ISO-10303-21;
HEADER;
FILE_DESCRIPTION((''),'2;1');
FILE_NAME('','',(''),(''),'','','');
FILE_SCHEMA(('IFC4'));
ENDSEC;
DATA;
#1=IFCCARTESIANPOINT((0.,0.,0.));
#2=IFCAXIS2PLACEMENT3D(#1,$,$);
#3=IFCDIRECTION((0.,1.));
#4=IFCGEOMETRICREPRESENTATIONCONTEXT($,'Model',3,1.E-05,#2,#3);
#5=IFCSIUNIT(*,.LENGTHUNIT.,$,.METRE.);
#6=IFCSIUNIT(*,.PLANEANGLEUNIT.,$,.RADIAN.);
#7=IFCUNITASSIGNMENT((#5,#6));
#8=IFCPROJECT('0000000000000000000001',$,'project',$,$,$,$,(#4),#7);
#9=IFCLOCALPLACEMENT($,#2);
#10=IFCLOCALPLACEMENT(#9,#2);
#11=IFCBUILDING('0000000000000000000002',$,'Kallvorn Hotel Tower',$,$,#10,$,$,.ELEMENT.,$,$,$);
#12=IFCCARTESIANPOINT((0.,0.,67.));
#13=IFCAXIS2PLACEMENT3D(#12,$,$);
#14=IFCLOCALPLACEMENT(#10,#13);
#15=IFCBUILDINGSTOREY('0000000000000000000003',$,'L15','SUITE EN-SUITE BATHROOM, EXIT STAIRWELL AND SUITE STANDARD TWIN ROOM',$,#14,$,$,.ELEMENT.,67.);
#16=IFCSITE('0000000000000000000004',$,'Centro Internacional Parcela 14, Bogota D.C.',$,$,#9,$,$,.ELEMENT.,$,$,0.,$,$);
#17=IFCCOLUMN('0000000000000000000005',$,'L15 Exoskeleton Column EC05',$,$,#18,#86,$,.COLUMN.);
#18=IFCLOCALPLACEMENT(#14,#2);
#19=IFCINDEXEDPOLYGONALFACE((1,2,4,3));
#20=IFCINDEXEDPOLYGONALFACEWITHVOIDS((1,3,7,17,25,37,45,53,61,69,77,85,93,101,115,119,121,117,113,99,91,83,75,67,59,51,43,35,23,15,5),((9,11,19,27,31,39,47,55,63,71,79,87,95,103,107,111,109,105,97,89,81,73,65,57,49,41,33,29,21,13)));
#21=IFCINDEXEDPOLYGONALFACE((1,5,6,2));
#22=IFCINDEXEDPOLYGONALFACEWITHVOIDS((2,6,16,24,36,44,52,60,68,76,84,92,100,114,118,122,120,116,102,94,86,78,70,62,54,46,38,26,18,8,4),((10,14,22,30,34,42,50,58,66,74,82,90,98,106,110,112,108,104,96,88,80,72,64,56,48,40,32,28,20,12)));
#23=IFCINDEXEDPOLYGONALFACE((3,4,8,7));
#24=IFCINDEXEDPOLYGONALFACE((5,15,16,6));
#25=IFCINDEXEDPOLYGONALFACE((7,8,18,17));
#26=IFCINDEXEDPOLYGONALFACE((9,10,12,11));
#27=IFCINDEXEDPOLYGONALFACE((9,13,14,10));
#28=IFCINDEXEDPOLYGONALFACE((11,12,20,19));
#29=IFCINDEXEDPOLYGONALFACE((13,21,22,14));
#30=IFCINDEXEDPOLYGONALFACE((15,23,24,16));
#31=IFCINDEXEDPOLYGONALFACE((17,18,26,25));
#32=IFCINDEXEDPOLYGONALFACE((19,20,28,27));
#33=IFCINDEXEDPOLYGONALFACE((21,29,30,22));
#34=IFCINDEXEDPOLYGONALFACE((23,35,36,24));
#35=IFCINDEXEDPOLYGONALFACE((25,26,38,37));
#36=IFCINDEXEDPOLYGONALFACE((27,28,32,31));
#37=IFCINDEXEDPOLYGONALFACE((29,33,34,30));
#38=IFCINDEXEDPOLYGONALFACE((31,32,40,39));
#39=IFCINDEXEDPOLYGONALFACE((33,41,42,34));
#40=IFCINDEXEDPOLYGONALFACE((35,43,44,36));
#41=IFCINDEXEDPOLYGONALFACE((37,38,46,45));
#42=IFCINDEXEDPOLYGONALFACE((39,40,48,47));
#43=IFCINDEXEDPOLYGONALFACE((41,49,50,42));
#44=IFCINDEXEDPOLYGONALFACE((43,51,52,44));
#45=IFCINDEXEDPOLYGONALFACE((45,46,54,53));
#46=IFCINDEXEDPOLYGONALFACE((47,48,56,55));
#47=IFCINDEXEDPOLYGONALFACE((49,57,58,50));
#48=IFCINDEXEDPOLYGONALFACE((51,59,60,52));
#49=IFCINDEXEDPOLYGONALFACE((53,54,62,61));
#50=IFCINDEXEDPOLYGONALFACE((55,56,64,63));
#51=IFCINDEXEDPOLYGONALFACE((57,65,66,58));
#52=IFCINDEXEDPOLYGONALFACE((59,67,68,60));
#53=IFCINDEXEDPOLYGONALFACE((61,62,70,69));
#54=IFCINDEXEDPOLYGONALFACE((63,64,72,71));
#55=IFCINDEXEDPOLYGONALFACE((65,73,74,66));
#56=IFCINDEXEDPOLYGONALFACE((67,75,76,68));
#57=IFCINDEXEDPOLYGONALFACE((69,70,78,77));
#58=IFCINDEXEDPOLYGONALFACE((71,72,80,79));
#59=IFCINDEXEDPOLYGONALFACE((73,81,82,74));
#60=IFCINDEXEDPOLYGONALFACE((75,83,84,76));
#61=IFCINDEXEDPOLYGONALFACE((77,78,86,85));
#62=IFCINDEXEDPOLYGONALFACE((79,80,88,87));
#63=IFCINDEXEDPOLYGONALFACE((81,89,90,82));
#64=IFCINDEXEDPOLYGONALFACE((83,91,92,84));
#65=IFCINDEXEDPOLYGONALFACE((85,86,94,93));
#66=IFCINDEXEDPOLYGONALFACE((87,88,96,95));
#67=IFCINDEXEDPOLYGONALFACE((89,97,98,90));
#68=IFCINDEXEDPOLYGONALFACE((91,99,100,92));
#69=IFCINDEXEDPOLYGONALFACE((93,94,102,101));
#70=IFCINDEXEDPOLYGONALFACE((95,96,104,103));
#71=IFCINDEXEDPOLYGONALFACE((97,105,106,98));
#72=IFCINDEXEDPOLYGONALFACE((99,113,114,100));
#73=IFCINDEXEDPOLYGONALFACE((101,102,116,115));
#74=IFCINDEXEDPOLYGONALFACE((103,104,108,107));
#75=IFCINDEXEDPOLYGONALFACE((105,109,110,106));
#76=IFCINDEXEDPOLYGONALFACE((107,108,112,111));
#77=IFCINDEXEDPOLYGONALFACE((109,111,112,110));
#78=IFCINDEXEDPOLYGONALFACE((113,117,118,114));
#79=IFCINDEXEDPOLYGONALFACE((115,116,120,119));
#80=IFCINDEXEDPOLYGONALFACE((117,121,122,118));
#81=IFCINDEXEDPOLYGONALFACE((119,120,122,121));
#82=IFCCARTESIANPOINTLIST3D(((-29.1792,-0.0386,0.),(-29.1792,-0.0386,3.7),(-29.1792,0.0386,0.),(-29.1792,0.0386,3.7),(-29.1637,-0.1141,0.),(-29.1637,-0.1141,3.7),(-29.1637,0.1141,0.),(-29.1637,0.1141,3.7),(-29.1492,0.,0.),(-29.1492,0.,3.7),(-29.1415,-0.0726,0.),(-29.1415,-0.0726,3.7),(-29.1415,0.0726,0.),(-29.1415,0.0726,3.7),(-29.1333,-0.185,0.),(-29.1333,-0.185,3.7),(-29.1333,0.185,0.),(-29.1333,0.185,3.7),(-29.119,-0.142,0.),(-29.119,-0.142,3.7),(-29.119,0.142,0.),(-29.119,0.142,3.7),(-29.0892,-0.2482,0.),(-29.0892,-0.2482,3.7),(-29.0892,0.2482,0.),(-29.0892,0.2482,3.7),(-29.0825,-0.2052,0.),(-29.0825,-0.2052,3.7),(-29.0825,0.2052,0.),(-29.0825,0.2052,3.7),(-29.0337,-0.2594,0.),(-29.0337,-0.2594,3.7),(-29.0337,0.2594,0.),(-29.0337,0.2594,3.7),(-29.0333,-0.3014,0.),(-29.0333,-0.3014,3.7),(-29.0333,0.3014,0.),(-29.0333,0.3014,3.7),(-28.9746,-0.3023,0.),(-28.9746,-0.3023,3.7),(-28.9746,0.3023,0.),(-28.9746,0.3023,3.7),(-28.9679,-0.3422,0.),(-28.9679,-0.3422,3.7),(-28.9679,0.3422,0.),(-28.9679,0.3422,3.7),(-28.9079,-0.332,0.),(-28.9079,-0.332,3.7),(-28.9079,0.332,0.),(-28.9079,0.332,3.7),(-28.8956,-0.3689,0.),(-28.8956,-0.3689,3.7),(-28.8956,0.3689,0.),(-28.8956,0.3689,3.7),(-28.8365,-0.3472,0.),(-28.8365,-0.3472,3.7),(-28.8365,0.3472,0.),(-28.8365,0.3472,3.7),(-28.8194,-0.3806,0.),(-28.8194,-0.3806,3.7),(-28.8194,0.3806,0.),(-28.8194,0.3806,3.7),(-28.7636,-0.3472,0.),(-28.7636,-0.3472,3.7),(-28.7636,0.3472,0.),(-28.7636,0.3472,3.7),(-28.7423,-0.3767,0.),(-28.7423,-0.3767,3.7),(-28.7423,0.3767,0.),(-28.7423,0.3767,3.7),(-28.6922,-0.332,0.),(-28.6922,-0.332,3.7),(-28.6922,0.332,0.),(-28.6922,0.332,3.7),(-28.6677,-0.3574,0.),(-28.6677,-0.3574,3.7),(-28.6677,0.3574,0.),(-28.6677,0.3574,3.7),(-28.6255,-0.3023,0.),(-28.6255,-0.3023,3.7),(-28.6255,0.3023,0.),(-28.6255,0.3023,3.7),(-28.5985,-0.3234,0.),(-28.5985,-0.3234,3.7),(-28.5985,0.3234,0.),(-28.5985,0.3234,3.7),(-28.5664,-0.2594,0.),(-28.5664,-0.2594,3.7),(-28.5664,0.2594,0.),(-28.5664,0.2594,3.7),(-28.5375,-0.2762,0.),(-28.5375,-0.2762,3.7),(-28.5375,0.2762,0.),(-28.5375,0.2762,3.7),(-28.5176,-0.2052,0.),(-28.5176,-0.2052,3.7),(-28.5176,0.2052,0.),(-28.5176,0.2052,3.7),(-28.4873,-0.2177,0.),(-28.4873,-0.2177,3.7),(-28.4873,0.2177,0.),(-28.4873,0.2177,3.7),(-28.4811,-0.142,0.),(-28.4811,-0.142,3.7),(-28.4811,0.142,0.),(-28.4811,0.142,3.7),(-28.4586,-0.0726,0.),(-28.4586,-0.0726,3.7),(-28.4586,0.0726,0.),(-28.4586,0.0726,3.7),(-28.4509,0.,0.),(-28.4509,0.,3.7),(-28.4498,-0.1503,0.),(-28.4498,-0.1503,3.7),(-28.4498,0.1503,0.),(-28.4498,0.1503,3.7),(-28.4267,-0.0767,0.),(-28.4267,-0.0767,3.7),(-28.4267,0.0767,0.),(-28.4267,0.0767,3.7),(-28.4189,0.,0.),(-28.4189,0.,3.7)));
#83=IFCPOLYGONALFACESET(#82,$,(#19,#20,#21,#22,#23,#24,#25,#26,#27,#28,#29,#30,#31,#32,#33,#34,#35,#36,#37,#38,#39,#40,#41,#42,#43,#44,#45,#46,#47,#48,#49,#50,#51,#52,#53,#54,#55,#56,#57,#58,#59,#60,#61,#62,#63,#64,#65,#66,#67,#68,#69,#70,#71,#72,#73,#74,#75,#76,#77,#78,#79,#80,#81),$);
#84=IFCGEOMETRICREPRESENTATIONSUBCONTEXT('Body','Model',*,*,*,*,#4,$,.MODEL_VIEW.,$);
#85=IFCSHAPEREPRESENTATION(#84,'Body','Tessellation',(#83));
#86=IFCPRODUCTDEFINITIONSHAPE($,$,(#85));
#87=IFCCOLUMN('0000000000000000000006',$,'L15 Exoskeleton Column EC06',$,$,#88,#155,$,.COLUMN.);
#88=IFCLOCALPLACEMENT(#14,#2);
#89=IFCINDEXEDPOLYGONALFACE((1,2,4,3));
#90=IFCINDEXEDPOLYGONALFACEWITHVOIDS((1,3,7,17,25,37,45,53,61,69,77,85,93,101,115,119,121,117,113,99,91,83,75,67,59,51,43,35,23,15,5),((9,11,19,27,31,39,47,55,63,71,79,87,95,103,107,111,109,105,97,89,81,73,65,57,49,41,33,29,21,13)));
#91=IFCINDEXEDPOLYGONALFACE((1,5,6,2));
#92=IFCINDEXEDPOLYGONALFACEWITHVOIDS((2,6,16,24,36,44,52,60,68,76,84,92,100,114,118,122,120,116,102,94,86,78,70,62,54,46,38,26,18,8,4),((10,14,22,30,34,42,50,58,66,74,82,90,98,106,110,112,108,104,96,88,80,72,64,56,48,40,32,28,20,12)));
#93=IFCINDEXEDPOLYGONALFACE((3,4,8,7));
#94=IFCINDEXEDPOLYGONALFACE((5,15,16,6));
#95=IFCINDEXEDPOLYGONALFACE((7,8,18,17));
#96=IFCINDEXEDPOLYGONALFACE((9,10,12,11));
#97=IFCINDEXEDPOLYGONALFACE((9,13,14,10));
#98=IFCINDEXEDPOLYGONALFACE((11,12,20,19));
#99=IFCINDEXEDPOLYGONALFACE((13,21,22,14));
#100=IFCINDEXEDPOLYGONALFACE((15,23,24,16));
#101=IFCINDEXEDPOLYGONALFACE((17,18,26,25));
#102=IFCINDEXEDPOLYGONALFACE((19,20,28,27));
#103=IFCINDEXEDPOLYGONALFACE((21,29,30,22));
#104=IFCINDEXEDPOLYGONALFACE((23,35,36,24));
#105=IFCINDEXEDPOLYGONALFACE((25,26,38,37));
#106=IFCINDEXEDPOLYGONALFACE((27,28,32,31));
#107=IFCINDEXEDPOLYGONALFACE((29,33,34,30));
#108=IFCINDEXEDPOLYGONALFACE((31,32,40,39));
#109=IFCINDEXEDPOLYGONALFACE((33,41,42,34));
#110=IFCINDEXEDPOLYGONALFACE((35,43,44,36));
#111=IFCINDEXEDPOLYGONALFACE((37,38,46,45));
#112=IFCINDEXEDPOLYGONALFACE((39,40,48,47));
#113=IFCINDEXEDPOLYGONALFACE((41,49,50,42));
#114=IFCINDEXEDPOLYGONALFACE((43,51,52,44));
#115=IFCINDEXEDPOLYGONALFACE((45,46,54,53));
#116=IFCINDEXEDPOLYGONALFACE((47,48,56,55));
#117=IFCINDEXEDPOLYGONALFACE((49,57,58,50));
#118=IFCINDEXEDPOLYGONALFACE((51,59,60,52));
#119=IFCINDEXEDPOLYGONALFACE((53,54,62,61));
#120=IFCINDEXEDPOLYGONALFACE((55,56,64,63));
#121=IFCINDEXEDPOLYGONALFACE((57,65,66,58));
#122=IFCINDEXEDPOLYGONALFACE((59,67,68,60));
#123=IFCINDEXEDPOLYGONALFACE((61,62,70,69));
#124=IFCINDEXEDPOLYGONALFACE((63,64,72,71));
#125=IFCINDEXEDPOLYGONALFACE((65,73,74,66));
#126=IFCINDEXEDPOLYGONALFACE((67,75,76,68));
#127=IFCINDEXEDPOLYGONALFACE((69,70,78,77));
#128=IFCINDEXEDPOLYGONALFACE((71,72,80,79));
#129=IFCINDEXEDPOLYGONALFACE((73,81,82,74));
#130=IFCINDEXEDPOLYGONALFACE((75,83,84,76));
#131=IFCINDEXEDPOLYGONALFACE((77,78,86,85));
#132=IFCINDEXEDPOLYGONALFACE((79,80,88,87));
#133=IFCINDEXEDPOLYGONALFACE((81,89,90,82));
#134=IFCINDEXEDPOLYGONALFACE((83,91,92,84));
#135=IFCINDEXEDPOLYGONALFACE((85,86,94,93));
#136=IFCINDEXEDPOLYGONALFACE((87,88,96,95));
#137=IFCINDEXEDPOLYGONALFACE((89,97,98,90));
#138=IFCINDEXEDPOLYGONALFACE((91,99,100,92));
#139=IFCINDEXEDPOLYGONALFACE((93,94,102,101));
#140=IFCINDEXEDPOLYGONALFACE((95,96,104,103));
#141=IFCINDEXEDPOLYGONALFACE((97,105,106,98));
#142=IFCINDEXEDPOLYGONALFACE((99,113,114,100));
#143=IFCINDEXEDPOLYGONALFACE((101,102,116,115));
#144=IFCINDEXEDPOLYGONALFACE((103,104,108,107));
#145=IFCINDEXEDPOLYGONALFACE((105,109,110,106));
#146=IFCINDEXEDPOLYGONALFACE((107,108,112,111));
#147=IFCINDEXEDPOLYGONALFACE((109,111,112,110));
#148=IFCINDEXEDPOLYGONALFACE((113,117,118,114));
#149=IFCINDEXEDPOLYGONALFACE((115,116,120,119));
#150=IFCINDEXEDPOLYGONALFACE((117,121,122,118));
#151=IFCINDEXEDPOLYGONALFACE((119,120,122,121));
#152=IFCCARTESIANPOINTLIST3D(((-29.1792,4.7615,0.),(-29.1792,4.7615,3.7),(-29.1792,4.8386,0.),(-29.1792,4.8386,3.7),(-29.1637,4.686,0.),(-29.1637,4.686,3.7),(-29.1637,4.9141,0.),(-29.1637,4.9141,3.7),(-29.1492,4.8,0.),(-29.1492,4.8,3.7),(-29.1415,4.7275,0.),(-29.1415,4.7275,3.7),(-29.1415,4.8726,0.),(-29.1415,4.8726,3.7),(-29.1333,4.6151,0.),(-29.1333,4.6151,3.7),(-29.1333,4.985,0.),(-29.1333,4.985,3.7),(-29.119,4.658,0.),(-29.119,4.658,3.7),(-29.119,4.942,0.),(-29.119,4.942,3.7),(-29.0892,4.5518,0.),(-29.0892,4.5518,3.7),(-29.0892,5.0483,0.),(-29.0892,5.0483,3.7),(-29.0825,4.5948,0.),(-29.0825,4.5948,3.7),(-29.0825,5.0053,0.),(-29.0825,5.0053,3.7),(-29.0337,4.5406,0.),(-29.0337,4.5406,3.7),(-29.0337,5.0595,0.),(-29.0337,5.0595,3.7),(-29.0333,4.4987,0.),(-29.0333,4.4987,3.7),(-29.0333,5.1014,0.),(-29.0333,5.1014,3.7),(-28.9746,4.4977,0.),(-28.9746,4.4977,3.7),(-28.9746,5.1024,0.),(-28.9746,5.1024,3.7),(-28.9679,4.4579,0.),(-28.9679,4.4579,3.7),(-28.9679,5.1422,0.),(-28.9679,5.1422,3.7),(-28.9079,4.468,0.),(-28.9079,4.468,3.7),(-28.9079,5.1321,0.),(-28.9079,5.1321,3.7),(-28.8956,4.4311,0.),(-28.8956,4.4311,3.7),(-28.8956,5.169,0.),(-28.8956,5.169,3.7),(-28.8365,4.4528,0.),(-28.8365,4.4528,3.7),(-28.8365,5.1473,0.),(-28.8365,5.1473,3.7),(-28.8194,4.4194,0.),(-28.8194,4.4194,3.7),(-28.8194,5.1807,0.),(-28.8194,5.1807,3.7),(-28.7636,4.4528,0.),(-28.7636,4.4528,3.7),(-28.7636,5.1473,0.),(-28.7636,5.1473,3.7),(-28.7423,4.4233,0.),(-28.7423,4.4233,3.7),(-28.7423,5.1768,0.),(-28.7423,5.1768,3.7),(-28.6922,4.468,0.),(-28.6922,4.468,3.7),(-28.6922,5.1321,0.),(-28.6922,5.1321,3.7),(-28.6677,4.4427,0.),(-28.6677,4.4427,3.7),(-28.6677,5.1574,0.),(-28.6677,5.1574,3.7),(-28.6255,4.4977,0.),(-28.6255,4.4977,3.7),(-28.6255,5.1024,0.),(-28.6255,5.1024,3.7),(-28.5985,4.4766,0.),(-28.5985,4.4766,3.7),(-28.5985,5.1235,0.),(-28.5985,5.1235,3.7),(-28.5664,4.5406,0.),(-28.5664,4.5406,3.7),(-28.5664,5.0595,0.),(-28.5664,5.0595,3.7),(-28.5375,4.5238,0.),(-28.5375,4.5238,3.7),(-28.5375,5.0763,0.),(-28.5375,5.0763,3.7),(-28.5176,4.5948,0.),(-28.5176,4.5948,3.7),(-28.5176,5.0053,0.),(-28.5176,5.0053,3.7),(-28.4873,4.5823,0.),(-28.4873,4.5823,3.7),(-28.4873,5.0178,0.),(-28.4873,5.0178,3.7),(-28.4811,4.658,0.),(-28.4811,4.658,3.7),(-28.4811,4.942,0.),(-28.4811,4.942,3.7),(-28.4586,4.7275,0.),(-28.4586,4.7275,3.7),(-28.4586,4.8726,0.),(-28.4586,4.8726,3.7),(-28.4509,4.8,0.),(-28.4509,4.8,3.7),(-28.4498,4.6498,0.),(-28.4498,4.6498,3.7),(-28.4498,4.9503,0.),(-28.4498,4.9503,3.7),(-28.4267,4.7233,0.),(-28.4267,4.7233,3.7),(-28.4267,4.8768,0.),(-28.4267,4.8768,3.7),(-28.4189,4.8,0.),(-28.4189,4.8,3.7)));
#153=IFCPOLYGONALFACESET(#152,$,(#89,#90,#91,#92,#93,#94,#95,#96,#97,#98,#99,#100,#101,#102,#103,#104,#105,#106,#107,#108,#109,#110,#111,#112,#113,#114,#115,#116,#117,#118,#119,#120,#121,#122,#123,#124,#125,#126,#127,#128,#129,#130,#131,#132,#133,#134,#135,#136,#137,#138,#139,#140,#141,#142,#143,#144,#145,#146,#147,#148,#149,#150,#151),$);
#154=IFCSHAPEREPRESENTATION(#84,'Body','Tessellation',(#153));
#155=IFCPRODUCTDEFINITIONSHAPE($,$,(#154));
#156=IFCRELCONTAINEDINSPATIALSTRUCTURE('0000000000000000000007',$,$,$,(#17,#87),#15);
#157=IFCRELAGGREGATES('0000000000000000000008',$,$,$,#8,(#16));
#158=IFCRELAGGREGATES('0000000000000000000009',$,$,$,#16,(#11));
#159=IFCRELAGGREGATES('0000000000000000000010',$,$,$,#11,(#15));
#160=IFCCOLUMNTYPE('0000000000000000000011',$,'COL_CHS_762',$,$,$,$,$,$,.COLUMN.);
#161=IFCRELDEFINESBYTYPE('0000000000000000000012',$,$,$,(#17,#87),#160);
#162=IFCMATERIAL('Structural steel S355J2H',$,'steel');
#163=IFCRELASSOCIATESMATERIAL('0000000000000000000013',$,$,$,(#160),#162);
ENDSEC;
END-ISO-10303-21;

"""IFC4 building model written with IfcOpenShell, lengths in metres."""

from ifc_helpers import new_model, si_unit, direction, frame, origin, origin_2d, place, context, subcontext, project, spatial, hollow_circle, extrude, material, material_profile, profile_set, type_object, element, save


model = new_model("IFC4")

# Units and contexts
model_context = context("Model", 3, precision=1e-05, world=origin(), true_north=direction((0.0, 1.0)))
body_context = subcontext(model_context, "Body", "Model", "MODEL_VIEW")
ifc_project = project(units=[si_unit("LENGTHUNIT", "METRE"), si_unit("PLANEANGLEUNIT", "RADIAN")], contexts=[model_context])

# Site, building, storey
site_placement = place(None, origin())
site = spatial("IfcSite", under=ifc_project, at=site_placement, Name="Centro Internacional Parcela 14, Bogota D.C.", CompositionType="ELEMENT", RefElevation=0.0)
building_placement = place(site_placement, origin())
building = spatial("IfcBuilding", under=site, at=building_placement, Name="Kallvorn Hotel Tower", CompositionType="ELEMENT")
storey_placement = place(building_placement, frame((0.0, 0.0, 67.0)))
storey = spatial("IfcBuildingStorey", under=building, at=storey_placement, Name="L15", Description="SUITE EN-SUITE BATHROOM, EXIT STAIRWELL AND SUITE STANDARD TWIN ROOM", CompositionType="ELEMENT", Elevation=67.0)

# Columns
ifc_material_1 = material(Name="Structural steel S355J2H", Category="steel")
ifc_material_profile_1 = material_profile(ifc_material_1, hollow_circle(Radius=0.3811, WallThickness=0.032, at=origin_2d()), Name="CHS 762x32")
ifc_profile_set_1 = profile_set([ifc_material_profile_1], Name="Structural steel S355J2H")
column_type_1 = type_object("IfcColumnType", Name="COL_CHS_762", PredefinedType="COLUMN", material=ifc_profile_set_1)
for number, where, z_axis, x_axis, name in (
    (1, (-28.8, 0.0, 0.0), (0.0, 0.0, 1.0), (1.0, 0.0, 0.0), "L15 Exoskeleton Column EC05"),
    (2, (-28.8, 4.8, 0.0), (0.0, 0.0, 1.0), (1.0, 0.0, 0.0), "L15 Exoskeleton Column EC06"),
):
    element("IfcColumn", number, at=place(storey_placement, frame(where, z_axis=z_axis, x_axis=x_axis)), inside=storey, type_object=column_type_1, Name=name, PredefinedType="COLUMN", context=body_context, shape_type="SweptSolid", body=[
        extrude(hollow_circle(Radius=0.3811, WallThickness=0.032, at=origin_2d()), origin(), (0.0, 0.0, 1.0), 3.7),
    ])

save(model, "model.ifc")
